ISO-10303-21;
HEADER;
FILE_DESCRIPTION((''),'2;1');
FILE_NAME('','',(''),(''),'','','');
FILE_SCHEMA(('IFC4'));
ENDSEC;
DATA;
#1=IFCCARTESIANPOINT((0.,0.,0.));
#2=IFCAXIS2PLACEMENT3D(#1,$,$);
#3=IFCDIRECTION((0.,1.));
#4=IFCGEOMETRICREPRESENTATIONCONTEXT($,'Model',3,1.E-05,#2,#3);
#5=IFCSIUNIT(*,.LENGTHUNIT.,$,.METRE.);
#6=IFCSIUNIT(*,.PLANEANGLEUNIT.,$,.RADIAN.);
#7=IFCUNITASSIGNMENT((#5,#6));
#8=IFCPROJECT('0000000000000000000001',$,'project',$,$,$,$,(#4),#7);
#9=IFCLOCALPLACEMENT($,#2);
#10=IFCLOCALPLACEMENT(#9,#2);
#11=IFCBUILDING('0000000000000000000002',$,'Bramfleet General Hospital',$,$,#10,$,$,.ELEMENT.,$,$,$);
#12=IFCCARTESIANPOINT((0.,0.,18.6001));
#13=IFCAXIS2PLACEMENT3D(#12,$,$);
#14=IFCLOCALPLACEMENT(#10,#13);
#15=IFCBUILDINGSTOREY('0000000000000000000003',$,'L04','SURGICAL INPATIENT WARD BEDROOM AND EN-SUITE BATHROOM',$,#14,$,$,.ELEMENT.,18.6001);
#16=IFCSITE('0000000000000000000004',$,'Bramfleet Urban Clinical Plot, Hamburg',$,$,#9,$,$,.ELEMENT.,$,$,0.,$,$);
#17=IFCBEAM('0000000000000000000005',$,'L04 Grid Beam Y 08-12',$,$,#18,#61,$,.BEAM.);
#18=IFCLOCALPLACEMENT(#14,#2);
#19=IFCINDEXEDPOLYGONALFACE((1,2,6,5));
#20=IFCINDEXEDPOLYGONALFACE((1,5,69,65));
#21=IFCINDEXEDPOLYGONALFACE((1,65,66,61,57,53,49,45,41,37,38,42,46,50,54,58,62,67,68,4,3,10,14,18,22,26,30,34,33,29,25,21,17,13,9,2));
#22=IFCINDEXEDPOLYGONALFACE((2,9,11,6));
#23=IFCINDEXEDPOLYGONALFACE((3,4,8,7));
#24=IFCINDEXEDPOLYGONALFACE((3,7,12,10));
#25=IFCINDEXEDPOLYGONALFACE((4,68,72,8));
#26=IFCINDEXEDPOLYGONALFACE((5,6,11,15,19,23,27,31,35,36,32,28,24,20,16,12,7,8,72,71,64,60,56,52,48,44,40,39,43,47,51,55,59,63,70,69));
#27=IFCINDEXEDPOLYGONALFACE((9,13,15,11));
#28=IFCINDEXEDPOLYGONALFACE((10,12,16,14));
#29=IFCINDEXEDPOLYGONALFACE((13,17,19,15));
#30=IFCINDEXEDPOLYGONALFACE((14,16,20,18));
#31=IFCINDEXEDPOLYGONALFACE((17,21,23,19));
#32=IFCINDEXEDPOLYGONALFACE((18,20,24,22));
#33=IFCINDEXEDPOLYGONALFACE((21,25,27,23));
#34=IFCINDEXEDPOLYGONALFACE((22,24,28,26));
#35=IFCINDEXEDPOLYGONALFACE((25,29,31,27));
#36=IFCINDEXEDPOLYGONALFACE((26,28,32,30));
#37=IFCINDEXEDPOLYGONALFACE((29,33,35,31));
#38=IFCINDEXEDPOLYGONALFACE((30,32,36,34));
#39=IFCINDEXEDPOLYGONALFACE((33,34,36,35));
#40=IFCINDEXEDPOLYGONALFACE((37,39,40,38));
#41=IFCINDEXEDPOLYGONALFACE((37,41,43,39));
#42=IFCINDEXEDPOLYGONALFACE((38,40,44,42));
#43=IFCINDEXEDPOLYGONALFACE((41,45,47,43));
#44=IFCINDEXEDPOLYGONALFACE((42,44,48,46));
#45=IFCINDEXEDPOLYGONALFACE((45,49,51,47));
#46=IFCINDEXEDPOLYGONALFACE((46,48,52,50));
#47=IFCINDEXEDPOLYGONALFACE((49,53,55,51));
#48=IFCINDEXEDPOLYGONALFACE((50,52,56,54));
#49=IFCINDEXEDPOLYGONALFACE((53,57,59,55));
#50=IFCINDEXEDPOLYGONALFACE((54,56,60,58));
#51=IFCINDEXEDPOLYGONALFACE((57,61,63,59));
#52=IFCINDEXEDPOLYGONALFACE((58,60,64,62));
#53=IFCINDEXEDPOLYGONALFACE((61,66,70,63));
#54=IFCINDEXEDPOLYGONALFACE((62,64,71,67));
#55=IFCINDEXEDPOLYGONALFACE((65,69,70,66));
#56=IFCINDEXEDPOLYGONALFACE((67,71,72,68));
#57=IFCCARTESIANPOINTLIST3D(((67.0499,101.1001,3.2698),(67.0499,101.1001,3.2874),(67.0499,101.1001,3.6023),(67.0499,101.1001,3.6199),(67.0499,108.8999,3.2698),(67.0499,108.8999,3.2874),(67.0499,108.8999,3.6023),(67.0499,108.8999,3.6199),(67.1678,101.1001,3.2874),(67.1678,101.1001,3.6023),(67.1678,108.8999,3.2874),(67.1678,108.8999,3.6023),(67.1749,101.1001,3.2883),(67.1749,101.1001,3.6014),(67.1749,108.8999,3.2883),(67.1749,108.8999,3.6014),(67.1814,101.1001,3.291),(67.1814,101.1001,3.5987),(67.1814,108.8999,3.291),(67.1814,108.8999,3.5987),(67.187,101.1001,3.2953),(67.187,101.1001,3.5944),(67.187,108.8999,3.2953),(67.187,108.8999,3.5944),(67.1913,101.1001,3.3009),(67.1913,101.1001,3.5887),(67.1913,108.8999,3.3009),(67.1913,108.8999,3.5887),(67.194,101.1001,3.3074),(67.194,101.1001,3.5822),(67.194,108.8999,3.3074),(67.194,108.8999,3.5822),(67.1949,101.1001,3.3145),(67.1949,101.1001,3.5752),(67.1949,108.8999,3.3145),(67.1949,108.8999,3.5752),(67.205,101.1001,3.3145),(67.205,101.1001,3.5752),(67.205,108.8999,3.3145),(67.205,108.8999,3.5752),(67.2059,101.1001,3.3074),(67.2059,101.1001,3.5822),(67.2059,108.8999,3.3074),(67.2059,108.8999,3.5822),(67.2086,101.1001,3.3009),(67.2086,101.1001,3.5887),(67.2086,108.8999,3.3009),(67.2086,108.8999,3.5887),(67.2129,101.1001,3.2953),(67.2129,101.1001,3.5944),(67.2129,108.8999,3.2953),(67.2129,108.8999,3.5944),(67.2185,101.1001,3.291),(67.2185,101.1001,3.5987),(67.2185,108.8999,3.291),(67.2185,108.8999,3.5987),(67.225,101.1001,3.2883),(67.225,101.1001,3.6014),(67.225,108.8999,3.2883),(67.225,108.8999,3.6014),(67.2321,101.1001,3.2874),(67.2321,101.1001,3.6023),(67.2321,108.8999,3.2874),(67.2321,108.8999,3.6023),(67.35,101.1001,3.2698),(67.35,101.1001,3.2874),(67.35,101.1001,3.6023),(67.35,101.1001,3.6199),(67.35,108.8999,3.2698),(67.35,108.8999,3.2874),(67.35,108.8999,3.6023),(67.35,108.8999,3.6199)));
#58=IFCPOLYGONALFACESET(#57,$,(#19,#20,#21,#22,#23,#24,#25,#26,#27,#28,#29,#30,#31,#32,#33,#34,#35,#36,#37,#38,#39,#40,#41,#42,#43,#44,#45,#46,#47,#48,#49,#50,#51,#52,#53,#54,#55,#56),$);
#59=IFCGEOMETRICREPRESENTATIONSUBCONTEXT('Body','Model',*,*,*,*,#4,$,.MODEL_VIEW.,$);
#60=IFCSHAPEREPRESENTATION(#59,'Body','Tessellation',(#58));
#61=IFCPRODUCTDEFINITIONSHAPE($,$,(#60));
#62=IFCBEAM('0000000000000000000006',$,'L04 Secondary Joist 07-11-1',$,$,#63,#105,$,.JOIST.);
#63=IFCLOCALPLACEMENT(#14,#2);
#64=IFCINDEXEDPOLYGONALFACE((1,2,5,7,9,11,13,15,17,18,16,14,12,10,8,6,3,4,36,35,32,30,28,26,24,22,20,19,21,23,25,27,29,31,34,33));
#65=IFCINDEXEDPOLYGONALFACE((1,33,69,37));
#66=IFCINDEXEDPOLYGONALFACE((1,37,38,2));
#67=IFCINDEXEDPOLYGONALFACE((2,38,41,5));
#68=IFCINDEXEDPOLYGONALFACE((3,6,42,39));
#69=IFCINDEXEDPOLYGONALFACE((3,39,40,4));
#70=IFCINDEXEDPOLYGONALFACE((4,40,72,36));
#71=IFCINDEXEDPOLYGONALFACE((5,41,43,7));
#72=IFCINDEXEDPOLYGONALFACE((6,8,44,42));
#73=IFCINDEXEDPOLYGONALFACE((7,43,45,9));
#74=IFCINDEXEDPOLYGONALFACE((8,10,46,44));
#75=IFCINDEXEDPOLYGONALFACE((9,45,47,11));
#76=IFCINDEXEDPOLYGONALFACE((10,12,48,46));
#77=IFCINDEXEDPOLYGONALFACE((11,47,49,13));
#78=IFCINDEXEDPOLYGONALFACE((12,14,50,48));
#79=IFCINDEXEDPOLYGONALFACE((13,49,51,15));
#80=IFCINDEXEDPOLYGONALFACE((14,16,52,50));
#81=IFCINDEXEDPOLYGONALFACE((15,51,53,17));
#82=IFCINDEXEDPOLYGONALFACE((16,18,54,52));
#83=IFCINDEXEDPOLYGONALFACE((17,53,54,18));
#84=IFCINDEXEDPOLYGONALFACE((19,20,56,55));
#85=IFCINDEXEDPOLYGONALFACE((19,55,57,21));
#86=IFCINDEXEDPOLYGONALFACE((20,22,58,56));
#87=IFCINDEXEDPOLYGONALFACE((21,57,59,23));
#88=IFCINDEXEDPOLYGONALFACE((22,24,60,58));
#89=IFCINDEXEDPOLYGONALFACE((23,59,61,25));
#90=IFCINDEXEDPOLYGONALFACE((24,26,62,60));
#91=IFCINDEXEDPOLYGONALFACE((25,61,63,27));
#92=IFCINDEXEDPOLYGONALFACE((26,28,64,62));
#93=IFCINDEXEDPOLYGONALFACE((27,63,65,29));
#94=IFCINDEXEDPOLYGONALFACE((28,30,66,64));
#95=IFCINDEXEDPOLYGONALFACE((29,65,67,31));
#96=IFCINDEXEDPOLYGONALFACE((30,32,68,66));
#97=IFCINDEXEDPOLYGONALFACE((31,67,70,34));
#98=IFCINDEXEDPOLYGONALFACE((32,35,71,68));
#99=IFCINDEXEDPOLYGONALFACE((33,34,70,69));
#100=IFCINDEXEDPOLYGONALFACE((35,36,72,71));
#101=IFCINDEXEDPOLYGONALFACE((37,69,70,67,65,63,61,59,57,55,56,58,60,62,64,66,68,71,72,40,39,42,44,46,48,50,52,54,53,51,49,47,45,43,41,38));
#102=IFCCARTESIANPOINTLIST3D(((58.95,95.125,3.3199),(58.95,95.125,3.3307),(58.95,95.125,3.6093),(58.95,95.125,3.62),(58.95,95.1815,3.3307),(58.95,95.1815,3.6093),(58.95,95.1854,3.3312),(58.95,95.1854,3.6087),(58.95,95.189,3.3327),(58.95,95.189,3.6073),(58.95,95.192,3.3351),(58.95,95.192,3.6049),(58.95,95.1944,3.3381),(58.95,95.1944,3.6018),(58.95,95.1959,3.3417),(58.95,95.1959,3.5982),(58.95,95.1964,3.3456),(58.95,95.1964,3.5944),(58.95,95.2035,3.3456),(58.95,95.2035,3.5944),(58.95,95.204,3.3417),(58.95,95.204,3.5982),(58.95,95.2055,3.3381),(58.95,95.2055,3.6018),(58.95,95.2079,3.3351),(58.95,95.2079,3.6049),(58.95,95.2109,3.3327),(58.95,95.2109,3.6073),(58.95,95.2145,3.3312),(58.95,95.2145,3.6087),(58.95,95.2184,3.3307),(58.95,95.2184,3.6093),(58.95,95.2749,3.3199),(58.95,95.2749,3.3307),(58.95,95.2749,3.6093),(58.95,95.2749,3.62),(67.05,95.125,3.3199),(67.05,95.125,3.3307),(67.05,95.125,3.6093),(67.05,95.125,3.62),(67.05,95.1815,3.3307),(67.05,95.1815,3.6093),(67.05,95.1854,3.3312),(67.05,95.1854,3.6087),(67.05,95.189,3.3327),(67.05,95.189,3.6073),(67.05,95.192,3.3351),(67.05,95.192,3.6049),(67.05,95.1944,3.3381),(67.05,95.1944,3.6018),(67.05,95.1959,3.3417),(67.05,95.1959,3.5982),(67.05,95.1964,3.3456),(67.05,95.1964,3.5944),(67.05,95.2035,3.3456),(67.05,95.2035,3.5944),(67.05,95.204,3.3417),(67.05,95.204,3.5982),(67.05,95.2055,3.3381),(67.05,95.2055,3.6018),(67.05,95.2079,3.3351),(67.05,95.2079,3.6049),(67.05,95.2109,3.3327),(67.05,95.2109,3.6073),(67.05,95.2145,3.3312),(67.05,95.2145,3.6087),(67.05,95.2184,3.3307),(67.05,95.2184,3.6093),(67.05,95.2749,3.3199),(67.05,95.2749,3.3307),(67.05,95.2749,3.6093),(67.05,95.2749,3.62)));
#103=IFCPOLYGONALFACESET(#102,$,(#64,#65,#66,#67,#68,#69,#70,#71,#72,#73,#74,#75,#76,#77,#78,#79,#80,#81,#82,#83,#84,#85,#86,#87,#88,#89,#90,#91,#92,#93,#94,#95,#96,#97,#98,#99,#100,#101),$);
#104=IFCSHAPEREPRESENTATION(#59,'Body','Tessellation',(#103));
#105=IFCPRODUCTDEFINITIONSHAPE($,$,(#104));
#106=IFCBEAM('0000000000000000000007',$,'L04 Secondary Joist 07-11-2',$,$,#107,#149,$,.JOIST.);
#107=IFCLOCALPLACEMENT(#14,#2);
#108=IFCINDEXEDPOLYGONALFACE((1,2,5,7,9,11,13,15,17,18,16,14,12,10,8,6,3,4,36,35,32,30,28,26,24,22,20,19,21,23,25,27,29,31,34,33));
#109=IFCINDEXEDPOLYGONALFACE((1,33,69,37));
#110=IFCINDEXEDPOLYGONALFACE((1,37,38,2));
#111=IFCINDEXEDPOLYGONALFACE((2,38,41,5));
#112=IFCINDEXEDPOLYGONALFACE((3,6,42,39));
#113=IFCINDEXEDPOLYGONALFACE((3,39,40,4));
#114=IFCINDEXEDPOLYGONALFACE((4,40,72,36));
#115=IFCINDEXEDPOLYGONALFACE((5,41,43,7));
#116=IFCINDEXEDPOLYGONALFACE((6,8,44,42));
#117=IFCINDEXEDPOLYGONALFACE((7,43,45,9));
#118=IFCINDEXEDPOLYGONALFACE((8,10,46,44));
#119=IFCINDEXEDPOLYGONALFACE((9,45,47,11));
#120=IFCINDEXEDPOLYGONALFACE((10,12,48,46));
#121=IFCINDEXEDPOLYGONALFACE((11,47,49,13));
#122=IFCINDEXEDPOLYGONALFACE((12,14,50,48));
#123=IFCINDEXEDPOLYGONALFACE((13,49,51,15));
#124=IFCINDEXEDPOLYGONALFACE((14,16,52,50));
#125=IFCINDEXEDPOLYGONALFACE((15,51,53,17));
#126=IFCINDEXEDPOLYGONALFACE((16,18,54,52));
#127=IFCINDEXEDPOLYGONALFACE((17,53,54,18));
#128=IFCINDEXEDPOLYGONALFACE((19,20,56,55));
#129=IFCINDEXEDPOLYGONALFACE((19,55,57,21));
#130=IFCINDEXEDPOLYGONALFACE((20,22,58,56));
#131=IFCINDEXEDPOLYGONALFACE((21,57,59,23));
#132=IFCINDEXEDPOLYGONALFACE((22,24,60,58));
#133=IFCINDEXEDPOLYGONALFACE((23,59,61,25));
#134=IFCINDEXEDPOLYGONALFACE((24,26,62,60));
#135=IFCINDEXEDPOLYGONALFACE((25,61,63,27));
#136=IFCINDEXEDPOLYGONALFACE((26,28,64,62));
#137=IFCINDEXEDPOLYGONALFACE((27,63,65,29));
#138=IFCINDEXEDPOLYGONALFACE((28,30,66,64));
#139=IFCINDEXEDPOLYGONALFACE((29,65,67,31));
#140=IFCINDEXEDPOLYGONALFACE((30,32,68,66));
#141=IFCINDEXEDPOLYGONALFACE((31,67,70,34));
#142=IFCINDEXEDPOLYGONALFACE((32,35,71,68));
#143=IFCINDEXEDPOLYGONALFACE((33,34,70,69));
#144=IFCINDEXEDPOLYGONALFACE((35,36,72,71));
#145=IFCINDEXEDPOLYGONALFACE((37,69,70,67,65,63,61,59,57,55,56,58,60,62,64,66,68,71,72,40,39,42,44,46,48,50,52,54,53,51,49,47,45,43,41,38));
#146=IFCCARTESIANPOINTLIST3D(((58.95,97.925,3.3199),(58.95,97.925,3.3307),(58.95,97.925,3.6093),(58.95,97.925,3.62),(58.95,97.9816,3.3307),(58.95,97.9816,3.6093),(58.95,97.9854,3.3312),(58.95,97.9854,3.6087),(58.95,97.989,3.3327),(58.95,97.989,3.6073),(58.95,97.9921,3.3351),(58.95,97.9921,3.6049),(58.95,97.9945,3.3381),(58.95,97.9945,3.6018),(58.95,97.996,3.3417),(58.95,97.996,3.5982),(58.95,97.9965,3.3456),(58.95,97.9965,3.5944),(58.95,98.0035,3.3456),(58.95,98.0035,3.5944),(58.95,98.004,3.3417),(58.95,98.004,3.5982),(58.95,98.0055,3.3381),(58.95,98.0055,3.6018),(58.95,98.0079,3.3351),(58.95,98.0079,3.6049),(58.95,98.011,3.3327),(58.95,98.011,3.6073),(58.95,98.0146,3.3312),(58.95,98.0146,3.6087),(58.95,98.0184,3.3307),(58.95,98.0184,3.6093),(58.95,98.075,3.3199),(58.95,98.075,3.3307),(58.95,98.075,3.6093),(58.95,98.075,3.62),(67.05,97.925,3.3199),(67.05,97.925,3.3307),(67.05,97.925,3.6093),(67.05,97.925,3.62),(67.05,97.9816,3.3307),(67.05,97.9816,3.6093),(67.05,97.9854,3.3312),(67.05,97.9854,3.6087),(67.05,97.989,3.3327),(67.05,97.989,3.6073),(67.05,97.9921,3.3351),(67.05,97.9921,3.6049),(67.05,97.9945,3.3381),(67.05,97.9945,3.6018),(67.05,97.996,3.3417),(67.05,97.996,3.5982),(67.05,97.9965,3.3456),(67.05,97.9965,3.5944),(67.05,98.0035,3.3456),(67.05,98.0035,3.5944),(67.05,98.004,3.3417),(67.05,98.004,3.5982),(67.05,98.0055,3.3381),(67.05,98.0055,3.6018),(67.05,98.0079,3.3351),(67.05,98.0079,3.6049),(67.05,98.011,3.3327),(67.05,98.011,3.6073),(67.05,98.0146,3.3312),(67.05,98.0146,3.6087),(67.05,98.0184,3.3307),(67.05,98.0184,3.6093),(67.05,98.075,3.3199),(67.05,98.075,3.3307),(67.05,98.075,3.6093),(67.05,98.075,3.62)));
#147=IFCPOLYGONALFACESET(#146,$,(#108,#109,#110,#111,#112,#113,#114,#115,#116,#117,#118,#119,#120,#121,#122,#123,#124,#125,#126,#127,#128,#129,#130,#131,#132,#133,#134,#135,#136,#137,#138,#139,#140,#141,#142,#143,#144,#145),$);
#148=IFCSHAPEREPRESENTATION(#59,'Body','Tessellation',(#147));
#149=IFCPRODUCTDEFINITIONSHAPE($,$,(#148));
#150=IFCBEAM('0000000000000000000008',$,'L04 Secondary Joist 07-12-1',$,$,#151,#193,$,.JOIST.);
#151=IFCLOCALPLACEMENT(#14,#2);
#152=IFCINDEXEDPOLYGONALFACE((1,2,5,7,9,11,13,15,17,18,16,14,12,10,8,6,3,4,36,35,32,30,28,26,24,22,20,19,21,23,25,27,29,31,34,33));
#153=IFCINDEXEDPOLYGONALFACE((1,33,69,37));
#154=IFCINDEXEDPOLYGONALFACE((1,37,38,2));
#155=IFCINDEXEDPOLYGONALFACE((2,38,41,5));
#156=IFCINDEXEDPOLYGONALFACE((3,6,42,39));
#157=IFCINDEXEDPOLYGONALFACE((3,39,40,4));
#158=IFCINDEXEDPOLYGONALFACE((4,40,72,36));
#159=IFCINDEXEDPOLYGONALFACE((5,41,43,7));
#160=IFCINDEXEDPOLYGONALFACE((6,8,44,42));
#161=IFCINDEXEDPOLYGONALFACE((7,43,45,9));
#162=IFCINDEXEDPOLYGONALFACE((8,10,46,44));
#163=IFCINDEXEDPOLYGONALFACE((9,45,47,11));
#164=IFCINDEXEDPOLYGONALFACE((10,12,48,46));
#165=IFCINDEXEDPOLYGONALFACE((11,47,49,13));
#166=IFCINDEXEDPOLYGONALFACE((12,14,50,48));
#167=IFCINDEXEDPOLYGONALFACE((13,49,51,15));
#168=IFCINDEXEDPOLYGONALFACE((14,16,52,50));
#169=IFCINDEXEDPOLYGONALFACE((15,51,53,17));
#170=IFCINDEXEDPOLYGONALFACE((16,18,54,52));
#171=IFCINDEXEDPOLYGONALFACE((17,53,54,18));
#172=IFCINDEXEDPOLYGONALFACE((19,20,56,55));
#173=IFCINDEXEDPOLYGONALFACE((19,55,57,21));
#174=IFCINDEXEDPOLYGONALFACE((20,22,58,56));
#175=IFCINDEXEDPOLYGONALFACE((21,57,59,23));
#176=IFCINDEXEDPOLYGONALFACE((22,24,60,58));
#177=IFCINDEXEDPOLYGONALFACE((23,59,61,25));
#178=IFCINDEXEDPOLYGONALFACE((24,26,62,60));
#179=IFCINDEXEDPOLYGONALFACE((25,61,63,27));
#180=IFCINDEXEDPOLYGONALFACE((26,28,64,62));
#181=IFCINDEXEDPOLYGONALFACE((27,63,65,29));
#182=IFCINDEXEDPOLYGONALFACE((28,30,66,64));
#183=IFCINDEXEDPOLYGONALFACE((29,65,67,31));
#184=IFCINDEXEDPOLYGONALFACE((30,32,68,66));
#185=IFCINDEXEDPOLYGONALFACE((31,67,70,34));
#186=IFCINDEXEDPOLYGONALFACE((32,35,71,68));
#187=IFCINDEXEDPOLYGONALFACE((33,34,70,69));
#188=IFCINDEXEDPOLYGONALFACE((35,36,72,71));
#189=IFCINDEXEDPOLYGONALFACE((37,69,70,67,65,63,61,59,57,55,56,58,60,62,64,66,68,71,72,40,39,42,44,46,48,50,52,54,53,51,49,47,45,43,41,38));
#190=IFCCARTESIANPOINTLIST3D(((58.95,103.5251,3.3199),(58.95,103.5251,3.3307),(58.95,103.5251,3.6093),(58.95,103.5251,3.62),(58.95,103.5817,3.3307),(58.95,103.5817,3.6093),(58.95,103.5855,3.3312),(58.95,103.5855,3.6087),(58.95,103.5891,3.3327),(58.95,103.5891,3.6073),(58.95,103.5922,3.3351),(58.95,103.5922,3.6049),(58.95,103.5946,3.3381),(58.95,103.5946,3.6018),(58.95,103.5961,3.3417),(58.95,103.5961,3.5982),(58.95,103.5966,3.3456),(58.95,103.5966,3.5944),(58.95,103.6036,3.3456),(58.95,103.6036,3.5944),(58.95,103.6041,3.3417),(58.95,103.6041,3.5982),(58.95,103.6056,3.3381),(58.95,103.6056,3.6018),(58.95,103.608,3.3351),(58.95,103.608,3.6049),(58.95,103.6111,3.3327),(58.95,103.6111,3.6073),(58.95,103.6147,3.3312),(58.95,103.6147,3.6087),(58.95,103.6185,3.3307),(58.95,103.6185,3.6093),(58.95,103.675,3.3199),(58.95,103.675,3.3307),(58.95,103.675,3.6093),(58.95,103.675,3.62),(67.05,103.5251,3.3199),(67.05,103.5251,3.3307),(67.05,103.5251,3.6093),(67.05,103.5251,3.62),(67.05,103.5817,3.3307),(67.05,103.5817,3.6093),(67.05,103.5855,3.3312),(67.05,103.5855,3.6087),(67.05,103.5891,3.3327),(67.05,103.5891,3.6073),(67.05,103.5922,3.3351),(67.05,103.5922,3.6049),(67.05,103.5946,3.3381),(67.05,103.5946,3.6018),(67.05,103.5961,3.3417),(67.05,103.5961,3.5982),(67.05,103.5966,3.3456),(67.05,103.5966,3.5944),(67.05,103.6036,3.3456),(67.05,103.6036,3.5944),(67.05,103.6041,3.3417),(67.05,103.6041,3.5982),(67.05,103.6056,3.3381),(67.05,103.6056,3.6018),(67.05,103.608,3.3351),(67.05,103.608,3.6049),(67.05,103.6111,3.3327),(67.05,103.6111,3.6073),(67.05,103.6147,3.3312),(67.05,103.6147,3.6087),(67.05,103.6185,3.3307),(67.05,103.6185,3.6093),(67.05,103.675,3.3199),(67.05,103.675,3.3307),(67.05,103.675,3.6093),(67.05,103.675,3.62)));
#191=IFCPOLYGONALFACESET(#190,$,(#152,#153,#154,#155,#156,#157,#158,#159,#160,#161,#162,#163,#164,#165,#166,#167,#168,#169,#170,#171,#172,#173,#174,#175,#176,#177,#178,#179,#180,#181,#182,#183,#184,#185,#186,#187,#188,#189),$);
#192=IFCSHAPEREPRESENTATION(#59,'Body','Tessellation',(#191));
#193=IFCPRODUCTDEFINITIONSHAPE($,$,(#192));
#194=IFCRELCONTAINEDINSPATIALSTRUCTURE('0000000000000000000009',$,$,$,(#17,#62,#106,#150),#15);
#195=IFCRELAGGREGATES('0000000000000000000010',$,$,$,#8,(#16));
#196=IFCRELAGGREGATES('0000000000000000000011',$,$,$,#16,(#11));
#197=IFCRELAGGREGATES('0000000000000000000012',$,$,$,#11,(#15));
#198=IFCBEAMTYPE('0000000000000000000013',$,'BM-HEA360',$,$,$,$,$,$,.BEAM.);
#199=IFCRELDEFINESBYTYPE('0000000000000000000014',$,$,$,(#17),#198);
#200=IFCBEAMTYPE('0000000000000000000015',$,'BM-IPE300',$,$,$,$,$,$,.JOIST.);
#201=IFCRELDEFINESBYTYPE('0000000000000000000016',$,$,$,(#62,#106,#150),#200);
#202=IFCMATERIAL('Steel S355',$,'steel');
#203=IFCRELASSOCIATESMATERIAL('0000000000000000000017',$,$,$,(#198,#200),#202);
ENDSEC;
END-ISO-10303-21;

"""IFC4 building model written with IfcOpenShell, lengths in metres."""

from ifc_helpers import new_model, si_unit, direction, frame, origin, origin_2d, place, context, subcontext, project, spatial, i_section, extrude, material, material_profile, profile_set, type_object, element, save


model = new_model("IFC4")

# Units and contexts
model_context = context("Model", 3, precision=1e-05, world=origin(), true_north=direction((0.0, 1.0)))
body_context = subcontext(model_context, "Body", "Model", "MODEL_VIEW")
ifc_project = project(units=[si_unit("LENGTHUNIT", "METRE"), si_unit("PLANEANGLEUNIT", "RADIAN")], contexts=[model_context])

# Site, building, storey
site_placement = place(None, origin())
site = spatial("IfcSite", under=ifc_project, at=site_placement, Name="Bramfleet Urban Clinical Plot, Hamburg", CompositionType="ELEMENT", RefElevation=0.0)
building_placement = place(site_placement, origin())
building = spatial("IfcBuilding", under=site, at=building_placement, Name="Bramfleet General Hospital", CompositionType="ELEMENT")
storey_placement = place(building_placement, frame((0.0, 0.0, 18.6001)))
storey = spatial("IfcBuildingStorey", under=building, at=storey_placement, Name="L04", Description="SURGICAL INPATIENT WARD BEDROOM AND EN-SUITE BATHROOM", CompositionType="ELEMENT", Elevation=18.6001)

# Beams
ifc_material_1 = material(Name="Steel S355", Category="steel")
ifc_material_profile_1 = material_profile(ifc_material_1, i_section(OverallWidth=0.3, OverallDepth=0.3501, WebThickness=0.01, FlangeThickness=0.0176, FilletRadius=0.0271, at=origin_2d()), Name="HEA 360")
ifc_profile_set_1 = profile_set([ifc_material_profile_1], Name="Steel S355")
beam_type_1 = type_object("IfcBeamType", Name="BM-HEA360", PredefinedType="BEAM", material=ifc_profile_set_1)
beam_1_placement = place(storey_placement, frame((67.2, 101.1001, 3.4448), z_axis=(0.0, 1.0, 0.0), x_axis=(-1.0, 0.0, 0.0)))
element("IfcBeam", 1, at=beam_1_placement, inside=storey, type_object=beam_type_1, Name="L04 Grid Beam Y 08-12", PredefinedType="BEAM", context=body_context, shape_type="SweptSolid", body=[
    extrude(i_section(OverallWidth=0.3, OverallDepth=0.3501, WebThickness=0.01, FlangeThickness=0.0176, FilletRadius=0.0271, at=origin_2d()), origin(), (0.0, 0.0, 1.0), 7.7998),
])
ifc_material_profile_2 = material_profile(ifc_material_1, i_section(OverallWidth=0.1499, OverallDepth=0.3, WebThickness=0.0071, FlangeThickness=0.0107, FilletRadius=0.0149, at=origin_2d()), Name="IPE 300")
ifc_profile_set_2 = profile_set([ifc_material_profile_2], Name="Steel S355")
beam_type_2 = type_object("IfcBeamType", Name="BM-IPE300", PredefinedType="JOIST", material=ifc_profile_set_2)
for number, where, z_axis, x_axis, name in (
    (2, (58.95, 95.2, 3.47), (1.0, 0.0, 0.0), (0.0, 1.0, 0.0), "L04 Secondary Joist 07-11-1"),
    (3, (58.95, 98.0, 3.47), (1.0, 0.0, 0.0), (0.0, 1.0, 0.0), "L04 Secondary Joist 07-11-2"),
    (4, (58.95, 103.6001, 3.47), (1.0, 0.0, 0.0), (0.0, 1.0, 0.0), "L04 Secondary Joist 07-12-1"),
):
    element("IfcBeam", number, at=place(storey_placement, frame(where, z_axis=z_axis, x_axis=x_axis)), inside=storey, type_object=beam_type_2, Name=name, PredefinedType="JOIST", context=body_context, shape_type="SweptSolid", body=[
        extrude(i_section(OverallWidth=0.1499, OverallDepth=0.3, WebThickness=0.0071, FlangeThickness=0.0107, FilletRadius=0.0149, at=origin_2d()), origin(), (0.0, 0.0, 1.0), 8.1001),
    ])

save(model, "model.ifc")
